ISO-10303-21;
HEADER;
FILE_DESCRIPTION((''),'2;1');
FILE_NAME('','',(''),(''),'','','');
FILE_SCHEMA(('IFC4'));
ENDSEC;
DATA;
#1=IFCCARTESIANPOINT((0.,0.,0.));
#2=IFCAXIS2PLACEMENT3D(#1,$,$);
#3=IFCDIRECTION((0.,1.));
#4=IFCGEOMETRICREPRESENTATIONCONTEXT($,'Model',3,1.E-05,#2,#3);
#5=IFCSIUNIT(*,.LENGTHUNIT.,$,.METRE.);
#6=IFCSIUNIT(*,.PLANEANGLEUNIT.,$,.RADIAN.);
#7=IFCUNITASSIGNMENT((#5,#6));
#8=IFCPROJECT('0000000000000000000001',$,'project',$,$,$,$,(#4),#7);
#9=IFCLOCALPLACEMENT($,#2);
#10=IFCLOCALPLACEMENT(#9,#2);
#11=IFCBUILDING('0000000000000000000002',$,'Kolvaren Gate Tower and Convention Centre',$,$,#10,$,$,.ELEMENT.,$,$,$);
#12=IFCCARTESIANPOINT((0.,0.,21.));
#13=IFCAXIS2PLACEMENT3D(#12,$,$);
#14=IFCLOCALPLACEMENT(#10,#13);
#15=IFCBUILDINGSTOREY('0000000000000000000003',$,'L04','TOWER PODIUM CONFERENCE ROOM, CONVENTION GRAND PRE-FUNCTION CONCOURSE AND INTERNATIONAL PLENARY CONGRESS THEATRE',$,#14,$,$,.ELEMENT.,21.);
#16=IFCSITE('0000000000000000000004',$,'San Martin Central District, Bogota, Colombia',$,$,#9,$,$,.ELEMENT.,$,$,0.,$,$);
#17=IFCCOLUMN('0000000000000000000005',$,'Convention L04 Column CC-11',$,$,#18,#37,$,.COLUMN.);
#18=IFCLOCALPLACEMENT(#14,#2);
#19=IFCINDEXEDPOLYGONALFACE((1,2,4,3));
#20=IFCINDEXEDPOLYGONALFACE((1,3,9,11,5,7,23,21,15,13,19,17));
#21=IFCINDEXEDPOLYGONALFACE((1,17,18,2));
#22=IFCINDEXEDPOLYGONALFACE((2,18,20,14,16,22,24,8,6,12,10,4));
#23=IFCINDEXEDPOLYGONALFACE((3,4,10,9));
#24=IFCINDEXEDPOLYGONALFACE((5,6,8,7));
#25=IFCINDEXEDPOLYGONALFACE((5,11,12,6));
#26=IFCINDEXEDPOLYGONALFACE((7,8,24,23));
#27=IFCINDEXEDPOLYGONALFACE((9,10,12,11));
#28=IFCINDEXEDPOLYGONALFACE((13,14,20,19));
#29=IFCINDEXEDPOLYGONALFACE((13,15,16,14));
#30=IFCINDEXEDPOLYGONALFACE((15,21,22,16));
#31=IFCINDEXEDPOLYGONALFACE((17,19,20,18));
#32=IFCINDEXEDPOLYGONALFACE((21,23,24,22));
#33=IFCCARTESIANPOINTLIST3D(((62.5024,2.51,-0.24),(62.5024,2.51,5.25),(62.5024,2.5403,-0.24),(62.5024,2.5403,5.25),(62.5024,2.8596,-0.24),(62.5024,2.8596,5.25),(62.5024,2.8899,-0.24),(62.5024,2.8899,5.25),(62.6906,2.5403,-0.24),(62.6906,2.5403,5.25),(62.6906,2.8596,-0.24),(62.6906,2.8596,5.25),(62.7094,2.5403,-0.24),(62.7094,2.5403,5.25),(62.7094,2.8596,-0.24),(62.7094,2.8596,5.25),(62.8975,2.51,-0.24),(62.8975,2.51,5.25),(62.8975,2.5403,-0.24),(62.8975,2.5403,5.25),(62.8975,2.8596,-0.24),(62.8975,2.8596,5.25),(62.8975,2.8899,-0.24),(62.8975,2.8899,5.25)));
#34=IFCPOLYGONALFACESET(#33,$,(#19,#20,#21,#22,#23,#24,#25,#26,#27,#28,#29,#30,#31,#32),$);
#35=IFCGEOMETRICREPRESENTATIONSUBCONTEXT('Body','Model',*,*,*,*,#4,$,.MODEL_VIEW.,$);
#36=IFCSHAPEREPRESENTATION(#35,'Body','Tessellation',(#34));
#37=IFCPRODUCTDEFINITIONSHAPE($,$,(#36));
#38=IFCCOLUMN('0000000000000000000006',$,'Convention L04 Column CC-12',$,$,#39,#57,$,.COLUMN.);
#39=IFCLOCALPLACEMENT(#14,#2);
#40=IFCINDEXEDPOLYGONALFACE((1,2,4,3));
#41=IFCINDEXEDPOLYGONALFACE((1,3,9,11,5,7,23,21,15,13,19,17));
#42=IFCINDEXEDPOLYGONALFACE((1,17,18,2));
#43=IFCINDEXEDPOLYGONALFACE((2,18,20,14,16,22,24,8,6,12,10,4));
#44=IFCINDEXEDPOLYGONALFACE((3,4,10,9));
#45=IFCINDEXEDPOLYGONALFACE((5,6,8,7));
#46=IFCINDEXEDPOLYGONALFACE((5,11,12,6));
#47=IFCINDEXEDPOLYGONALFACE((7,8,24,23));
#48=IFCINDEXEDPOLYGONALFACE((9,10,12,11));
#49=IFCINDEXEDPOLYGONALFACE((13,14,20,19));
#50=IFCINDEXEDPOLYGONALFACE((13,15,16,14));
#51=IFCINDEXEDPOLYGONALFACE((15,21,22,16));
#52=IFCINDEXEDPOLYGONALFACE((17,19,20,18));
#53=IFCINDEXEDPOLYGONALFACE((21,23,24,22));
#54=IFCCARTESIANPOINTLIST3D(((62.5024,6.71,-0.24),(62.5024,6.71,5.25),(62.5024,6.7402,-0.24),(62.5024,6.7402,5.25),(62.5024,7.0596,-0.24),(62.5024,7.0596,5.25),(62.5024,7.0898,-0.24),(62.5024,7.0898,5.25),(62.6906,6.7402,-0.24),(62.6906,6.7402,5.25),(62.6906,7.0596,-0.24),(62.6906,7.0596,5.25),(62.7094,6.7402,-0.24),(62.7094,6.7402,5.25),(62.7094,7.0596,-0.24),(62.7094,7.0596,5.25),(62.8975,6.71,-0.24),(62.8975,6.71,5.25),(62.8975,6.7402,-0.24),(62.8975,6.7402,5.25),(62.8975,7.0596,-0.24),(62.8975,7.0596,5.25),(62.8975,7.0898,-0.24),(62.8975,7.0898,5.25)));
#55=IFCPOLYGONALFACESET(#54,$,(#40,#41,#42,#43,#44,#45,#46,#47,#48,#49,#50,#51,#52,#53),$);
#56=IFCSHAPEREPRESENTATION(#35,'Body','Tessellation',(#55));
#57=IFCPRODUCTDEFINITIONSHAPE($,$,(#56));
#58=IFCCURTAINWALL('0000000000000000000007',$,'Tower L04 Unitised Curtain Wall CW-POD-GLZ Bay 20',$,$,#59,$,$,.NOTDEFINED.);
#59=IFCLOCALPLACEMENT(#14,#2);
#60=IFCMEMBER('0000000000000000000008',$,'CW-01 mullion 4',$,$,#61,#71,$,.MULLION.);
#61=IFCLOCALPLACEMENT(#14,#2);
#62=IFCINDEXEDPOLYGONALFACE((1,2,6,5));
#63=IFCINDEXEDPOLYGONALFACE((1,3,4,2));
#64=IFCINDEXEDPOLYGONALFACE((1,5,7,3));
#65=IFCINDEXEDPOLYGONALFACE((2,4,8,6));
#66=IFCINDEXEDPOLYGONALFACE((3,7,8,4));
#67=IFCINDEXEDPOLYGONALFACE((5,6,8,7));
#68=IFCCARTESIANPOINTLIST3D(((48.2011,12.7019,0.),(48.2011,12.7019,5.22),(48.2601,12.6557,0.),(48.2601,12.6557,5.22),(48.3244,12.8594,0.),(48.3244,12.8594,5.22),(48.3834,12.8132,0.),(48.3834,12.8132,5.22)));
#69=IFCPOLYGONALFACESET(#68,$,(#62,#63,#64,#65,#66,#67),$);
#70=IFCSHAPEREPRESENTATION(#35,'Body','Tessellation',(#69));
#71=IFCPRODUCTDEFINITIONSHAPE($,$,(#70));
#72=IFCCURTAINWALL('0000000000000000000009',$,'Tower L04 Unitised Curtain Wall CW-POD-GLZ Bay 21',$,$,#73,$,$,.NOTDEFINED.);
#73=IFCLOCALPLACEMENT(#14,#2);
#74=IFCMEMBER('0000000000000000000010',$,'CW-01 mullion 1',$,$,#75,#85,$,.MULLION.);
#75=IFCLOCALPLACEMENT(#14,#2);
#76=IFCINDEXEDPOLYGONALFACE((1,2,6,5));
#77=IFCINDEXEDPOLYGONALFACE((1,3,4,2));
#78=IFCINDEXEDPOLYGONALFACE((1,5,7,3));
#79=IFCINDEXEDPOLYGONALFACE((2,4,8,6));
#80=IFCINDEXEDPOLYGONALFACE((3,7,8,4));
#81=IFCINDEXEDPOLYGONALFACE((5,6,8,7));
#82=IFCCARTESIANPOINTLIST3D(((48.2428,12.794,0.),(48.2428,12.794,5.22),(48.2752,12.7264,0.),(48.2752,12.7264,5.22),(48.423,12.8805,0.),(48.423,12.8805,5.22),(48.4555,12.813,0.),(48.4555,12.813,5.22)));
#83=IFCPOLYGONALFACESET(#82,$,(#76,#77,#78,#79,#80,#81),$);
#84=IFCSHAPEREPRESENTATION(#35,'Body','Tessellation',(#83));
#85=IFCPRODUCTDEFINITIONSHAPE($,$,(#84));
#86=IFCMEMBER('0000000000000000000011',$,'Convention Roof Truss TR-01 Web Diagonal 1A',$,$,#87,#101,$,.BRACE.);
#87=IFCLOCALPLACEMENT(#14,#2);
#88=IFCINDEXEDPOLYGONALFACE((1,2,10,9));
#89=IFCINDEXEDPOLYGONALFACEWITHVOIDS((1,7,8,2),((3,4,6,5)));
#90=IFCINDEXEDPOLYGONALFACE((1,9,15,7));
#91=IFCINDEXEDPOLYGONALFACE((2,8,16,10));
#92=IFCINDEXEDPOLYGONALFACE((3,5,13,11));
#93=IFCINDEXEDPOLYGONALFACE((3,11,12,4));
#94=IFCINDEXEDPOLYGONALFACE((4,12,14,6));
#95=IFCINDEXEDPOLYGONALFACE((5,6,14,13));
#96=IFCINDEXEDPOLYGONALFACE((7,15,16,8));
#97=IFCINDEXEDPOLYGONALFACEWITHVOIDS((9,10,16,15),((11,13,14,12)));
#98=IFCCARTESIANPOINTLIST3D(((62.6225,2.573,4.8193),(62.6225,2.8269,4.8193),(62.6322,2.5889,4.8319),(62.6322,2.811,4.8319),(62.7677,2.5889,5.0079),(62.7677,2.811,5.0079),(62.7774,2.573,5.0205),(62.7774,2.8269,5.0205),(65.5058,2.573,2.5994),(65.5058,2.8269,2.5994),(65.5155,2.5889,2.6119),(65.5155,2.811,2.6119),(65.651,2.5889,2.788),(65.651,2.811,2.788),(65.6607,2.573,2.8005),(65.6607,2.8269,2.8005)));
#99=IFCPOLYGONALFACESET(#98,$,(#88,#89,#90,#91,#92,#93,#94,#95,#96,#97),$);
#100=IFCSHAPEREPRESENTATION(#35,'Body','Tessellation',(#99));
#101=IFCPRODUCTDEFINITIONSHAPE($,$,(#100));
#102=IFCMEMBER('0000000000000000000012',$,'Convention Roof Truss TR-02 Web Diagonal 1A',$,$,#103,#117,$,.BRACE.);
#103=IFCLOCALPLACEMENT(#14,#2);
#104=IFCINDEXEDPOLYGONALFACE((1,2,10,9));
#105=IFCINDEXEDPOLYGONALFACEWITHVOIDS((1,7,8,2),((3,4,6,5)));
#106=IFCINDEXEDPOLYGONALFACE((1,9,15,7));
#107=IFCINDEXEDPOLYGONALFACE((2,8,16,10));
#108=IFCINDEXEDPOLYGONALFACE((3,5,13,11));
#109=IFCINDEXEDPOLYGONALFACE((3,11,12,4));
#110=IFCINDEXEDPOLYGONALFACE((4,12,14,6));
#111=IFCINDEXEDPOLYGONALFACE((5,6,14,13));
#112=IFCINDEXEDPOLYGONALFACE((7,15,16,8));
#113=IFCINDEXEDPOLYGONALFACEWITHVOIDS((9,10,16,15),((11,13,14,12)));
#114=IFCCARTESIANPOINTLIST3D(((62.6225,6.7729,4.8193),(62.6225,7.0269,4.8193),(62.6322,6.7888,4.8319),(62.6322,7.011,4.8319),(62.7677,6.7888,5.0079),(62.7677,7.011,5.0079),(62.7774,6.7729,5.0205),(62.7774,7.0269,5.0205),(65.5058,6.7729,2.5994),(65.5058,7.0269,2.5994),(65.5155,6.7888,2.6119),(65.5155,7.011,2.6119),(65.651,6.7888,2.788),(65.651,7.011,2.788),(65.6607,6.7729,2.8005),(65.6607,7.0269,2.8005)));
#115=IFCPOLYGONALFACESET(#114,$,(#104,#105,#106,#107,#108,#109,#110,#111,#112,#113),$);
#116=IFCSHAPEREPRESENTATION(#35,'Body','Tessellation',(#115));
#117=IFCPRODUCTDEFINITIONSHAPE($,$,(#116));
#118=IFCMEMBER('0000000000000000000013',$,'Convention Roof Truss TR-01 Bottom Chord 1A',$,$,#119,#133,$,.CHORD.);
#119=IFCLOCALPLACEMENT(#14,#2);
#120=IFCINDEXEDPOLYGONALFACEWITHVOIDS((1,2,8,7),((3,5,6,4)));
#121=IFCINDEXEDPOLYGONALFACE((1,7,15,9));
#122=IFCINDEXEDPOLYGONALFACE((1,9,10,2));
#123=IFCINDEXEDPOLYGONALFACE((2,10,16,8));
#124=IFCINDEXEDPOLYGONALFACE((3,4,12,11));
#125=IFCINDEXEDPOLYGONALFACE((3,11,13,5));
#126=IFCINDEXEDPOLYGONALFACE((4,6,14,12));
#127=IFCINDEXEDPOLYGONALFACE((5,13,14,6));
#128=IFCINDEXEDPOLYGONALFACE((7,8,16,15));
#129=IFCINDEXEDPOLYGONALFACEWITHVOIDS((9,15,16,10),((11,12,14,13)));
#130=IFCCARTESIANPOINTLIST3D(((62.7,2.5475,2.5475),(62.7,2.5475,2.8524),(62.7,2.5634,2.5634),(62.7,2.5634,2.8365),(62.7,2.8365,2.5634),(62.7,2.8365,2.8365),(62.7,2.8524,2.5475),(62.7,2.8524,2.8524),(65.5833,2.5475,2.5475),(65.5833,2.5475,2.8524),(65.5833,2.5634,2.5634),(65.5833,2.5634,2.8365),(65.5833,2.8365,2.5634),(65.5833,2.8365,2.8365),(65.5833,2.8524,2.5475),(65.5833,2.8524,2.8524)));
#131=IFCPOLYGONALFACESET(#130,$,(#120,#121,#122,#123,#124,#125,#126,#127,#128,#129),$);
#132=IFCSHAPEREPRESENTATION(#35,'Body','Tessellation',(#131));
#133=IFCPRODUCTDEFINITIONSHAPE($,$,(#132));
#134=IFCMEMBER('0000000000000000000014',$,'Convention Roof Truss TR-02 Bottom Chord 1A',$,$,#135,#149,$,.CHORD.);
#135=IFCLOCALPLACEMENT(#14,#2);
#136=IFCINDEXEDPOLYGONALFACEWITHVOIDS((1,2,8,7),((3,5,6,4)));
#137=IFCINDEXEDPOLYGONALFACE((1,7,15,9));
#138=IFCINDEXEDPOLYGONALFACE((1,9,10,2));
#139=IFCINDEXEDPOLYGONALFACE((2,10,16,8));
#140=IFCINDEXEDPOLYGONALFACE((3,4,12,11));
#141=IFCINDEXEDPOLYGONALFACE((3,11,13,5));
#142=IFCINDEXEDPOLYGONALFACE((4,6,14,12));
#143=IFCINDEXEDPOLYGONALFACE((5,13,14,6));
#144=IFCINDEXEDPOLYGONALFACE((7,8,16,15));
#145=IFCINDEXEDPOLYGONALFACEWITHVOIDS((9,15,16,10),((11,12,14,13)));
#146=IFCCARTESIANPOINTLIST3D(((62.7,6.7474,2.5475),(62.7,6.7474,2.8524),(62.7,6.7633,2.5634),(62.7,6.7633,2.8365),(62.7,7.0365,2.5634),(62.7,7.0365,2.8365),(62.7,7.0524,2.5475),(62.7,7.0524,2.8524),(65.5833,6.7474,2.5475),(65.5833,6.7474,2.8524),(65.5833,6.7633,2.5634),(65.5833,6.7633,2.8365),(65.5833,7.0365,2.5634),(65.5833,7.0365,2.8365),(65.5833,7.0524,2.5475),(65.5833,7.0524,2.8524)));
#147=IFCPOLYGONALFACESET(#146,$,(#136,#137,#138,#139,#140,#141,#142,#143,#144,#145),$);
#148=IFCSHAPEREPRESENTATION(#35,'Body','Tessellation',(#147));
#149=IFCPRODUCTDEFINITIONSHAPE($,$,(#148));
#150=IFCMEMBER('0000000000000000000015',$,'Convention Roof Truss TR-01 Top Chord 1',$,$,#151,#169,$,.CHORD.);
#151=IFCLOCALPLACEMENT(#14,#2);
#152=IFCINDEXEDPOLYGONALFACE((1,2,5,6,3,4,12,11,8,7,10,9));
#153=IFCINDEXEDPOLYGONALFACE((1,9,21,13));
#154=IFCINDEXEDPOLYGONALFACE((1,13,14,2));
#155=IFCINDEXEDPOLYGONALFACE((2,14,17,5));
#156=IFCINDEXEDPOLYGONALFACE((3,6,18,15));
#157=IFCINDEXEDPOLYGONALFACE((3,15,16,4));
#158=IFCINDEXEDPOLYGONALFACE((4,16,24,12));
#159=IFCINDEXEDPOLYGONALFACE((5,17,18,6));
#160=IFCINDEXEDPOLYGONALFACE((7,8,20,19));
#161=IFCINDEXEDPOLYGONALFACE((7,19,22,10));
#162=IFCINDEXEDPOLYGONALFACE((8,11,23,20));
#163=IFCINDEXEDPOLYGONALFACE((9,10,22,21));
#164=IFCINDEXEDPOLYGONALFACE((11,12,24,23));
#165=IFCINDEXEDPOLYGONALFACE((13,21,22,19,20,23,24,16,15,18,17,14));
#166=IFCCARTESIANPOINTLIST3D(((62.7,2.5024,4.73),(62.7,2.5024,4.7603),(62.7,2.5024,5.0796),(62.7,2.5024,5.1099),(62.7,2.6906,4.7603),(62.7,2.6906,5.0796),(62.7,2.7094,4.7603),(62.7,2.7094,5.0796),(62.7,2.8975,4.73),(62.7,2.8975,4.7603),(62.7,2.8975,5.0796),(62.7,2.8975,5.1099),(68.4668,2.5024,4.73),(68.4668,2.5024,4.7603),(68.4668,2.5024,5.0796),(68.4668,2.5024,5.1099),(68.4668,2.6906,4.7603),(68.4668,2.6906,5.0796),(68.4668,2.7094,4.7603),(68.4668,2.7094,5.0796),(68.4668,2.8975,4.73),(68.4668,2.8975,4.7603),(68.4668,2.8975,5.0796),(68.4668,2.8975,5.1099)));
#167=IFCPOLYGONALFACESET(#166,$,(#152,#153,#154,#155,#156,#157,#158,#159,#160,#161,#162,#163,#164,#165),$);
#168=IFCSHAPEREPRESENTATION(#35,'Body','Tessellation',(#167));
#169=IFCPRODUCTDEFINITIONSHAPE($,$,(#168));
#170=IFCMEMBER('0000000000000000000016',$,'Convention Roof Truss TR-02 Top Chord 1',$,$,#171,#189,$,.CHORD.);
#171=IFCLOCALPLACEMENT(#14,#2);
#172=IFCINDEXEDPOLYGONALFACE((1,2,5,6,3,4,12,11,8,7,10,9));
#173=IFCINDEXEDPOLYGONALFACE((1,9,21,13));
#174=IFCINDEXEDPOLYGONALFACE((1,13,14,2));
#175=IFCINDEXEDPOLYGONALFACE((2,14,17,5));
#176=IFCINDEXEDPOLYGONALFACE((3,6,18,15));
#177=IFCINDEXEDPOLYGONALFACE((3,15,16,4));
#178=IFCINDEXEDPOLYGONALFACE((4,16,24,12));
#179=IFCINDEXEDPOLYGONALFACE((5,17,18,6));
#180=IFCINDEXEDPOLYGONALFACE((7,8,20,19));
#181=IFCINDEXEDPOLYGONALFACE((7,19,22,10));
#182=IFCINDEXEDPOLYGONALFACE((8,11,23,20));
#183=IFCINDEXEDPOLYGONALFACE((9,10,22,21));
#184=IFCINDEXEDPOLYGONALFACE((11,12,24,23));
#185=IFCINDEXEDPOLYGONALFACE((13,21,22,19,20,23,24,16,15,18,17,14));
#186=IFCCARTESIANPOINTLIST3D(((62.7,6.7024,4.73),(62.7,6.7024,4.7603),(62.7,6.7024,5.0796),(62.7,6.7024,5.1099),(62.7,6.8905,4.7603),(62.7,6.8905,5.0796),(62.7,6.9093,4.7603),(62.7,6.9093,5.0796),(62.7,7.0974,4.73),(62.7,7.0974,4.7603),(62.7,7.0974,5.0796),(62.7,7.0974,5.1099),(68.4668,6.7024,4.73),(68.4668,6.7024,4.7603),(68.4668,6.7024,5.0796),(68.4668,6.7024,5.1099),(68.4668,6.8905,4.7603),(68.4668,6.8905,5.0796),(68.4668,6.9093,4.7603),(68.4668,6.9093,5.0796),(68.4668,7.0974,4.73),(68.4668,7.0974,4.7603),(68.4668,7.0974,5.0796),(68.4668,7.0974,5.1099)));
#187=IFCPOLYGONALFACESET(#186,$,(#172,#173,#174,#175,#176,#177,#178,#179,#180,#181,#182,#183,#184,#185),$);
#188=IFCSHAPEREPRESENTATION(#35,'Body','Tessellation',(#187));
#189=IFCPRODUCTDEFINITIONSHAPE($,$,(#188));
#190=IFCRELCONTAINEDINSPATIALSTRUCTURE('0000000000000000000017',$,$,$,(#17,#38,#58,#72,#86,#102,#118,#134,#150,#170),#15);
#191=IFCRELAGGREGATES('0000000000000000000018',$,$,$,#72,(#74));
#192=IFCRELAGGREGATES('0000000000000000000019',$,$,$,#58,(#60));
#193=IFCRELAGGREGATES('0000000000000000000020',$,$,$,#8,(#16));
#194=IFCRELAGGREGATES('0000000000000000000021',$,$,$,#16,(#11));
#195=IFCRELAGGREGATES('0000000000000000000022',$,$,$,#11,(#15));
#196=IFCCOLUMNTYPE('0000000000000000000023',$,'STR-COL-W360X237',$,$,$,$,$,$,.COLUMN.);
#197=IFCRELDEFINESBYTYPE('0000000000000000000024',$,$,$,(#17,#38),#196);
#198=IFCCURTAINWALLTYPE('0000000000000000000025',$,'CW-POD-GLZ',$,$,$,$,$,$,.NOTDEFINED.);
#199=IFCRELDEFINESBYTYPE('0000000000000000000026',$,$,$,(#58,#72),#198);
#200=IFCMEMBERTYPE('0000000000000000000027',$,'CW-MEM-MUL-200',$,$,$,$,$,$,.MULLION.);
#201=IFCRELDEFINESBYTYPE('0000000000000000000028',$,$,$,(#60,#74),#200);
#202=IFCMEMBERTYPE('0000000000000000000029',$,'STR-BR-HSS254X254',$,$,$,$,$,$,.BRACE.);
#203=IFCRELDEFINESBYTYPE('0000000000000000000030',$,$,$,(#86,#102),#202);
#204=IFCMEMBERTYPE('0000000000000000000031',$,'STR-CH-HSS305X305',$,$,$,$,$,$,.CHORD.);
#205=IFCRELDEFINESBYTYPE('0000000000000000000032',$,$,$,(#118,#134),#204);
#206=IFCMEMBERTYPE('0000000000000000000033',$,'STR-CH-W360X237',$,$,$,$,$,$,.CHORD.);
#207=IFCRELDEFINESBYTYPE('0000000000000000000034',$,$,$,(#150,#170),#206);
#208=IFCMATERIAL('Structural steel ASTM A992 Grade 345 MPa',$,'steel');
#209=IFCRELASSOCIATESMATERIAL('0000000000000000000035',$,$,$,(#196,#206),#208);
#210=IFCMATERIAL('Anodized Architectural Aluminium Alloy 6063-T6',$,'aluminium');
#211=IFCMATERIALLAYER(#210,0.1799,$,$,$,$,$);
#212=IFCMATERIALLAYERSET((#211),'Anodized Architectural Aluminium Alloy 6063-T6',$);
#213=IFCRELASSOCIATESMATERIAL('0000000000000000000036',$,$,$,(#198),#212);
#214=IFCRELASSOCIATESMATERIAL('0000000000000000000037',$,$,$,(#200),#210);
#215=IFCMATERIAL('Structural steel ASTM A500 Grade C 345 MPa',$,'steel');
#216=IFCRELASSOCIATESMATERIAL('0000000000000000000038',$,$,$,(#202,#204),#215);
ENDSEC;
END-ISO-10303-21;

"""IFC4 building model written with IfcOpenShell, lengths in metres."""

from ifc_helpers import new_model, si_unit, direction, frame, origin, origin_2d, place, context, subcontext, project, spatial, rectangle, hollow_rectangle, i_section, extrude, material, layer, layer_set, material_profile, profile_set, type_object, element, aggregate, save


model = new_model("IFC4")

# Units and contexts
model_context = context("Model", 3, precision=1e-05, world=origin(), true_north=direction((0.0, 1.0)))
body_context = subcontext(model_context, "Body", "Model", "MODEL_VIEW")
ifc_project = project(units=[si_unit("LENGTHUNIT", "METRE"), si_unit("PLANEANGLEUNIT", "RADIAN")], contexts=[model_context])

# Site, building, storey
site_placement = place(None, origin())
site = spatial("IfcSite", under=ifc_project, at=site_placement, Name="San Martin Central District, Bogota, Colombia", CompositionType="ELEMENT", RefElevation=0.0)
building_placement = place(site_placement, origin())
building = spatial("IfcBuilding", under=site, at=building_placement, Name="Kolvaren Gate Tower and Convention Centre", CompositionType="ELEMENT")
storey_placement = place(building_placement, frame((0.0, 0.0, 21.0)))
storey = spatial("IfcBuildingStorey", under=building, at=storey_placement, Name="L04", Description="TOWER PODIUM CONFERENCE ROOM, CONVENTION GRAND PRE-FUNCTION CONCOURSE AND INTERNATIONAL PLENARY CONGRESS THEATRE", CompositionType="ELEMENT", Elevation=21.0)

# Columns
ifc_material_1 = material(Name="Structural steel ASTM A992 Grade 345 MPa", Category="steel")
ifc_material_profile_1 = material_profile(ifc_material_1, i_section(OverallWidth=0.395, OverallDepth=0.3799, WebThickness=0.0188, FlangeThickness=0.0303, at=origin_2d()), Name="W360X237")
ifc_profile_set_1 = profile_set([ifc_material_profile_1], Name="Structural steel ASTM A992 Grade 345 MPa")
column_type = type_object("IfcColumnType", Name="STR-COL-W360X237", PredefinedType="COLUMN", material=ifc_profile_set_1)
for number, where, z_axis, x_axis, name in (
    (1, (62.7, 2.7, -0.24), (0.0, 0.0, 1.0), (1.0, 0.0, 0.0), "Convention L04 Column CC-11"),
    (2, (62.7, 6.8999, -0.24), (0.0, 0.0, 1.0), (1.0, 0.0, 0.0), "Convention L04 Column CC-12"),
):
    element("IfcColumn", number, at=place(storey_placement, frame(where, z_axis=z_axis, x_axis=x_axis)), inside=storey, type_object=column_type, Name=name, PredefinedType="COLUMN", context=body_context, shape_type="SweptSolid", body=[
        extrude(i_section(OverallWidth=0.395, OverallDepth=0.3799, WebThickness=0.0188, FlangeThickness=0.0303, at=origin_2d()), origin(), (0.0, 0.0, 1.0), 5.49),
    ])

# Curtain walls, members
ifc_material_2 = material(Name="Anodized Architectural Aluminium Alloy 6063-T6", Category="aluminium")
ifc_layer_1 = layer(ifc_material_2, 0.1799)
ifc_layer_set_1 = layer_set([ifc_layer_1], Name="Anodized Architectural Aluminium Alloy 6063-T6")
curtain_wall_type = type_object("IfcCurtainWallType", Name="CW-POD-GLZ", PredefinedType="NOTDEFINED", material=ifc_layer_set_1)
curtain_wall_1_placement = place(storey_placement, origin())
curtain_wall_1 = element("IfcCurtainWall", 3, at=curtain_wall_1_placement, inside=storey, type_object=curtain_wall_type, Name="Tower L04 Unitised Curtain Wall CW-POD-GLZ Bay 20", PredefinedType="NOTDEFINED")
ifc_material_profile_2 = material_profile(ifc_material_2, rectangle(XDim=0.075, YDim=0.2, at=origin_2d()), Name="CW-MEM-MUL-200")
ifc_profile_set_2 = profile_set([ifc_material_profile_2], Name="Anodized Architectural Aluminium Alloy 6063-T6")
member_type_1 = type_object("IfcMemberType", Name="CW-MEM-MUL-200", PredefinedType="MULLION", material=ifc_profile_set_2)
member_1_placement = place(storey_placement, frame((48.2922, 12.7576, 0.0), z_axis=(0.0, 0.0, 1.0), x_axis=(-0.787413, 0.616426, 0.0)))
member_1 = element("IfcMember", 4, at=member_1_placement, type_object=member_type_1, Name="CW-01 mullion 4", PredefinedType="MULLION", context=body_context, shape_type="SweptSolid", body=[
    extrude(rectangle(XDim=0.075, YDim=0.2, at=origin_2d()), origin(), (0.0, 0.0, 1.0), 5.22),
])
curtain_wall_2_placement = place(storey_placement, origin())
curtain_wall_2 = element("IfcCurtainWall", 5, at=curtain_wall_2_placement, inside=storey, type_object=curtain_wall_type, Name="Tower L04 Unitised Curtain Wall CW-POD-GLZ Bay 21", PredefinedType="NOTDEFINED")
member_2_placement = place(storey_placement, frame((48.3491, 12.8035, 0.0), z_axis=(0.0, 0.0, 1.0), x_axis=(-0.433063, 0.901364, 0.0)))
member_2 = element("IfcMember", 6, at=member_2_placement, type_object=member_type_1, Name="CW-01 mullion 1", PredefinedType="MULLION", context=body_context, shape_type="SweptSolid", body=[
    extrude(rectangle(XDim=0.075, YDim=0.2, at=origin_2d()), origin(), (0.0, 0.0, 1.0), 5.22),
])
aggregate(curtain_wall_2, [member_2])

# Members
ifc_material_3 = material(Name="Structural steel ASTM A500 Grade C 345 MPa", Category="steel")
ifc_material_profile_3 = material_profile(ifc_material_3, hollow_rectangle(XDim=0.2539, YDim=0.2539, WallThickness=0.0159, at=origin_2d()), Name="HSS254X254X15.9")
ifc_profile_set_3 = profile_set([ifc_material_profile_3], Name="Structural steel ASTM A500 Grade C 345 MPa")
member_type_2 = type_object("IfcMemberType", Name="STR-BR-HSS254X254", PredefinedType="BRACE", material=ifc_profile_set_3)
for number, where, z_axis, x_axis, name in (
    (7, (62.7, 2.7, 4.9199), (0.792352, 0.0, -0.610064), (0.0, 1.0, 0.0), "Convention Roof Truss TR-01 Web Diagonal 1A"),
    (8, (62.7, 6.8999, 4.9199), (0.792352, 0.0, -0.610064), (0.0, 1.0, 0.0), "Convention Roof Truss TR-02 Web Diagonal 1A"),
):
    element("IfcMember", number, at=place(storey_placement, frame(where, z_axis=z_axis, x_axis=x_axis)), inside=storey, type_object=member_type_2, Name=name, PredefinedType="BRACE", context=body_context, shape_type="SweptSolid", body=[
        extrude(hollow_rectangle(XDim=0.2539, YDim=0.2539, WallThickness=0.0159, at=origin_2d()), origin(), (0.0, 0.0, 1.0), 3.6389),
    ])
ifc_material_profile_4 = material_profile(ifc_material_3, hollow_rectangle(XDim=0.3049, YDim=0.3049, WallThickness=0.0159, at=origin_2d()), Name="HSS305X305X15.9")
ifc_profile_set_4 = profile_set([ifc_material_profile_4], Name="Structural steel ASTM A500 Grade C 345 MPa")
member_type_3 = type_object("IfcMemberType", Name="STR-CH-HSS305X305", PredefinedType="CHORD", material=ifc_profile_set_4)
for number, where, z_axis, x_axis, name in (
    (9, (62.7, 2.7, 2.7), (1.0, 0.0, 0.0), (0.0, 1.0, 0.0), "Convention Roof Truss TR-01 Bottom Chord 1A"),
    (10, (62.7, 6.8999, 2.7), (1.0, 0.0, 0.0), (0.0, 1.0, 0.0), "Convention Roof Truss TR-02 Bottom Chord 1A"),
):
    element("IfcMember", number, at=place(storey_placement, frame(where, z_axis=z_axis, x_axis=x_axis)), inside=storey, type_object=member_type_3, Name=name, PredefinedType="CHORD", context=body_context, shape_type="SweptSolid", body=[
        extrude(hollow_rectangle(XDim=0.3049, YDim=0.3049, WallThickness=0.0159, at=origin_2d()), origin(), (0.0, 0.0, 1.0), 2.8833),
    ])
ifc_material_profile_5 = material_profile(ifc_material_1, i_section(OverallWidth=0.395, OverallDepth=0.3799, WebThickness=0.0188, FlangeThickness=0.0303, at=origin_2d()), Name="W360X237")
ifc_profile_set_5 = profile_set([ifc_material_profile_5], Name="Structural steel ASTM A992 Grade 345 MPa")
member_type_4 = type_object("IfcMemberType", Name="STR-CH-W360X237", PredefinedType="CHORD", material=ifc_profile_set_5)
for number, where, z_axis, x_axis, name in (
    (11, (62.7, 2.7, 4.9199), (1.0, 0.0, 0.0), (0.0, 1.0, 0.0), "Convention Roof Truss TR-01 Top Chord 1"),
    (12, (62.7, 6.8999, 4.9199), (1.0, 0.0, 0.0), (0.0, 1.0, 0.0), "Convention Roof Truss TR-02 Top Chord 1"),
):
    element("IfcMember", number, at=place(storey_placement, frame(where, z_axis=z_axis, x_axis=x_axis)), inside=storey, type_object=member_type_4, Name=name, PredefinedType="CHORD", context=body_context, shape_type="SweptSolid", body=[
        extrude(i_section(OverallWidth=0.395, OverallDepth=0.3799, WebThickness=0.0188, FlangeThickness=0.0303, at=origin_2d()), origin(), (0.0, 0.0, 1.0), 5.7668),
    ])

aggregate(curtain_wall_1, [member_1])

save(model, "model.ifc")
